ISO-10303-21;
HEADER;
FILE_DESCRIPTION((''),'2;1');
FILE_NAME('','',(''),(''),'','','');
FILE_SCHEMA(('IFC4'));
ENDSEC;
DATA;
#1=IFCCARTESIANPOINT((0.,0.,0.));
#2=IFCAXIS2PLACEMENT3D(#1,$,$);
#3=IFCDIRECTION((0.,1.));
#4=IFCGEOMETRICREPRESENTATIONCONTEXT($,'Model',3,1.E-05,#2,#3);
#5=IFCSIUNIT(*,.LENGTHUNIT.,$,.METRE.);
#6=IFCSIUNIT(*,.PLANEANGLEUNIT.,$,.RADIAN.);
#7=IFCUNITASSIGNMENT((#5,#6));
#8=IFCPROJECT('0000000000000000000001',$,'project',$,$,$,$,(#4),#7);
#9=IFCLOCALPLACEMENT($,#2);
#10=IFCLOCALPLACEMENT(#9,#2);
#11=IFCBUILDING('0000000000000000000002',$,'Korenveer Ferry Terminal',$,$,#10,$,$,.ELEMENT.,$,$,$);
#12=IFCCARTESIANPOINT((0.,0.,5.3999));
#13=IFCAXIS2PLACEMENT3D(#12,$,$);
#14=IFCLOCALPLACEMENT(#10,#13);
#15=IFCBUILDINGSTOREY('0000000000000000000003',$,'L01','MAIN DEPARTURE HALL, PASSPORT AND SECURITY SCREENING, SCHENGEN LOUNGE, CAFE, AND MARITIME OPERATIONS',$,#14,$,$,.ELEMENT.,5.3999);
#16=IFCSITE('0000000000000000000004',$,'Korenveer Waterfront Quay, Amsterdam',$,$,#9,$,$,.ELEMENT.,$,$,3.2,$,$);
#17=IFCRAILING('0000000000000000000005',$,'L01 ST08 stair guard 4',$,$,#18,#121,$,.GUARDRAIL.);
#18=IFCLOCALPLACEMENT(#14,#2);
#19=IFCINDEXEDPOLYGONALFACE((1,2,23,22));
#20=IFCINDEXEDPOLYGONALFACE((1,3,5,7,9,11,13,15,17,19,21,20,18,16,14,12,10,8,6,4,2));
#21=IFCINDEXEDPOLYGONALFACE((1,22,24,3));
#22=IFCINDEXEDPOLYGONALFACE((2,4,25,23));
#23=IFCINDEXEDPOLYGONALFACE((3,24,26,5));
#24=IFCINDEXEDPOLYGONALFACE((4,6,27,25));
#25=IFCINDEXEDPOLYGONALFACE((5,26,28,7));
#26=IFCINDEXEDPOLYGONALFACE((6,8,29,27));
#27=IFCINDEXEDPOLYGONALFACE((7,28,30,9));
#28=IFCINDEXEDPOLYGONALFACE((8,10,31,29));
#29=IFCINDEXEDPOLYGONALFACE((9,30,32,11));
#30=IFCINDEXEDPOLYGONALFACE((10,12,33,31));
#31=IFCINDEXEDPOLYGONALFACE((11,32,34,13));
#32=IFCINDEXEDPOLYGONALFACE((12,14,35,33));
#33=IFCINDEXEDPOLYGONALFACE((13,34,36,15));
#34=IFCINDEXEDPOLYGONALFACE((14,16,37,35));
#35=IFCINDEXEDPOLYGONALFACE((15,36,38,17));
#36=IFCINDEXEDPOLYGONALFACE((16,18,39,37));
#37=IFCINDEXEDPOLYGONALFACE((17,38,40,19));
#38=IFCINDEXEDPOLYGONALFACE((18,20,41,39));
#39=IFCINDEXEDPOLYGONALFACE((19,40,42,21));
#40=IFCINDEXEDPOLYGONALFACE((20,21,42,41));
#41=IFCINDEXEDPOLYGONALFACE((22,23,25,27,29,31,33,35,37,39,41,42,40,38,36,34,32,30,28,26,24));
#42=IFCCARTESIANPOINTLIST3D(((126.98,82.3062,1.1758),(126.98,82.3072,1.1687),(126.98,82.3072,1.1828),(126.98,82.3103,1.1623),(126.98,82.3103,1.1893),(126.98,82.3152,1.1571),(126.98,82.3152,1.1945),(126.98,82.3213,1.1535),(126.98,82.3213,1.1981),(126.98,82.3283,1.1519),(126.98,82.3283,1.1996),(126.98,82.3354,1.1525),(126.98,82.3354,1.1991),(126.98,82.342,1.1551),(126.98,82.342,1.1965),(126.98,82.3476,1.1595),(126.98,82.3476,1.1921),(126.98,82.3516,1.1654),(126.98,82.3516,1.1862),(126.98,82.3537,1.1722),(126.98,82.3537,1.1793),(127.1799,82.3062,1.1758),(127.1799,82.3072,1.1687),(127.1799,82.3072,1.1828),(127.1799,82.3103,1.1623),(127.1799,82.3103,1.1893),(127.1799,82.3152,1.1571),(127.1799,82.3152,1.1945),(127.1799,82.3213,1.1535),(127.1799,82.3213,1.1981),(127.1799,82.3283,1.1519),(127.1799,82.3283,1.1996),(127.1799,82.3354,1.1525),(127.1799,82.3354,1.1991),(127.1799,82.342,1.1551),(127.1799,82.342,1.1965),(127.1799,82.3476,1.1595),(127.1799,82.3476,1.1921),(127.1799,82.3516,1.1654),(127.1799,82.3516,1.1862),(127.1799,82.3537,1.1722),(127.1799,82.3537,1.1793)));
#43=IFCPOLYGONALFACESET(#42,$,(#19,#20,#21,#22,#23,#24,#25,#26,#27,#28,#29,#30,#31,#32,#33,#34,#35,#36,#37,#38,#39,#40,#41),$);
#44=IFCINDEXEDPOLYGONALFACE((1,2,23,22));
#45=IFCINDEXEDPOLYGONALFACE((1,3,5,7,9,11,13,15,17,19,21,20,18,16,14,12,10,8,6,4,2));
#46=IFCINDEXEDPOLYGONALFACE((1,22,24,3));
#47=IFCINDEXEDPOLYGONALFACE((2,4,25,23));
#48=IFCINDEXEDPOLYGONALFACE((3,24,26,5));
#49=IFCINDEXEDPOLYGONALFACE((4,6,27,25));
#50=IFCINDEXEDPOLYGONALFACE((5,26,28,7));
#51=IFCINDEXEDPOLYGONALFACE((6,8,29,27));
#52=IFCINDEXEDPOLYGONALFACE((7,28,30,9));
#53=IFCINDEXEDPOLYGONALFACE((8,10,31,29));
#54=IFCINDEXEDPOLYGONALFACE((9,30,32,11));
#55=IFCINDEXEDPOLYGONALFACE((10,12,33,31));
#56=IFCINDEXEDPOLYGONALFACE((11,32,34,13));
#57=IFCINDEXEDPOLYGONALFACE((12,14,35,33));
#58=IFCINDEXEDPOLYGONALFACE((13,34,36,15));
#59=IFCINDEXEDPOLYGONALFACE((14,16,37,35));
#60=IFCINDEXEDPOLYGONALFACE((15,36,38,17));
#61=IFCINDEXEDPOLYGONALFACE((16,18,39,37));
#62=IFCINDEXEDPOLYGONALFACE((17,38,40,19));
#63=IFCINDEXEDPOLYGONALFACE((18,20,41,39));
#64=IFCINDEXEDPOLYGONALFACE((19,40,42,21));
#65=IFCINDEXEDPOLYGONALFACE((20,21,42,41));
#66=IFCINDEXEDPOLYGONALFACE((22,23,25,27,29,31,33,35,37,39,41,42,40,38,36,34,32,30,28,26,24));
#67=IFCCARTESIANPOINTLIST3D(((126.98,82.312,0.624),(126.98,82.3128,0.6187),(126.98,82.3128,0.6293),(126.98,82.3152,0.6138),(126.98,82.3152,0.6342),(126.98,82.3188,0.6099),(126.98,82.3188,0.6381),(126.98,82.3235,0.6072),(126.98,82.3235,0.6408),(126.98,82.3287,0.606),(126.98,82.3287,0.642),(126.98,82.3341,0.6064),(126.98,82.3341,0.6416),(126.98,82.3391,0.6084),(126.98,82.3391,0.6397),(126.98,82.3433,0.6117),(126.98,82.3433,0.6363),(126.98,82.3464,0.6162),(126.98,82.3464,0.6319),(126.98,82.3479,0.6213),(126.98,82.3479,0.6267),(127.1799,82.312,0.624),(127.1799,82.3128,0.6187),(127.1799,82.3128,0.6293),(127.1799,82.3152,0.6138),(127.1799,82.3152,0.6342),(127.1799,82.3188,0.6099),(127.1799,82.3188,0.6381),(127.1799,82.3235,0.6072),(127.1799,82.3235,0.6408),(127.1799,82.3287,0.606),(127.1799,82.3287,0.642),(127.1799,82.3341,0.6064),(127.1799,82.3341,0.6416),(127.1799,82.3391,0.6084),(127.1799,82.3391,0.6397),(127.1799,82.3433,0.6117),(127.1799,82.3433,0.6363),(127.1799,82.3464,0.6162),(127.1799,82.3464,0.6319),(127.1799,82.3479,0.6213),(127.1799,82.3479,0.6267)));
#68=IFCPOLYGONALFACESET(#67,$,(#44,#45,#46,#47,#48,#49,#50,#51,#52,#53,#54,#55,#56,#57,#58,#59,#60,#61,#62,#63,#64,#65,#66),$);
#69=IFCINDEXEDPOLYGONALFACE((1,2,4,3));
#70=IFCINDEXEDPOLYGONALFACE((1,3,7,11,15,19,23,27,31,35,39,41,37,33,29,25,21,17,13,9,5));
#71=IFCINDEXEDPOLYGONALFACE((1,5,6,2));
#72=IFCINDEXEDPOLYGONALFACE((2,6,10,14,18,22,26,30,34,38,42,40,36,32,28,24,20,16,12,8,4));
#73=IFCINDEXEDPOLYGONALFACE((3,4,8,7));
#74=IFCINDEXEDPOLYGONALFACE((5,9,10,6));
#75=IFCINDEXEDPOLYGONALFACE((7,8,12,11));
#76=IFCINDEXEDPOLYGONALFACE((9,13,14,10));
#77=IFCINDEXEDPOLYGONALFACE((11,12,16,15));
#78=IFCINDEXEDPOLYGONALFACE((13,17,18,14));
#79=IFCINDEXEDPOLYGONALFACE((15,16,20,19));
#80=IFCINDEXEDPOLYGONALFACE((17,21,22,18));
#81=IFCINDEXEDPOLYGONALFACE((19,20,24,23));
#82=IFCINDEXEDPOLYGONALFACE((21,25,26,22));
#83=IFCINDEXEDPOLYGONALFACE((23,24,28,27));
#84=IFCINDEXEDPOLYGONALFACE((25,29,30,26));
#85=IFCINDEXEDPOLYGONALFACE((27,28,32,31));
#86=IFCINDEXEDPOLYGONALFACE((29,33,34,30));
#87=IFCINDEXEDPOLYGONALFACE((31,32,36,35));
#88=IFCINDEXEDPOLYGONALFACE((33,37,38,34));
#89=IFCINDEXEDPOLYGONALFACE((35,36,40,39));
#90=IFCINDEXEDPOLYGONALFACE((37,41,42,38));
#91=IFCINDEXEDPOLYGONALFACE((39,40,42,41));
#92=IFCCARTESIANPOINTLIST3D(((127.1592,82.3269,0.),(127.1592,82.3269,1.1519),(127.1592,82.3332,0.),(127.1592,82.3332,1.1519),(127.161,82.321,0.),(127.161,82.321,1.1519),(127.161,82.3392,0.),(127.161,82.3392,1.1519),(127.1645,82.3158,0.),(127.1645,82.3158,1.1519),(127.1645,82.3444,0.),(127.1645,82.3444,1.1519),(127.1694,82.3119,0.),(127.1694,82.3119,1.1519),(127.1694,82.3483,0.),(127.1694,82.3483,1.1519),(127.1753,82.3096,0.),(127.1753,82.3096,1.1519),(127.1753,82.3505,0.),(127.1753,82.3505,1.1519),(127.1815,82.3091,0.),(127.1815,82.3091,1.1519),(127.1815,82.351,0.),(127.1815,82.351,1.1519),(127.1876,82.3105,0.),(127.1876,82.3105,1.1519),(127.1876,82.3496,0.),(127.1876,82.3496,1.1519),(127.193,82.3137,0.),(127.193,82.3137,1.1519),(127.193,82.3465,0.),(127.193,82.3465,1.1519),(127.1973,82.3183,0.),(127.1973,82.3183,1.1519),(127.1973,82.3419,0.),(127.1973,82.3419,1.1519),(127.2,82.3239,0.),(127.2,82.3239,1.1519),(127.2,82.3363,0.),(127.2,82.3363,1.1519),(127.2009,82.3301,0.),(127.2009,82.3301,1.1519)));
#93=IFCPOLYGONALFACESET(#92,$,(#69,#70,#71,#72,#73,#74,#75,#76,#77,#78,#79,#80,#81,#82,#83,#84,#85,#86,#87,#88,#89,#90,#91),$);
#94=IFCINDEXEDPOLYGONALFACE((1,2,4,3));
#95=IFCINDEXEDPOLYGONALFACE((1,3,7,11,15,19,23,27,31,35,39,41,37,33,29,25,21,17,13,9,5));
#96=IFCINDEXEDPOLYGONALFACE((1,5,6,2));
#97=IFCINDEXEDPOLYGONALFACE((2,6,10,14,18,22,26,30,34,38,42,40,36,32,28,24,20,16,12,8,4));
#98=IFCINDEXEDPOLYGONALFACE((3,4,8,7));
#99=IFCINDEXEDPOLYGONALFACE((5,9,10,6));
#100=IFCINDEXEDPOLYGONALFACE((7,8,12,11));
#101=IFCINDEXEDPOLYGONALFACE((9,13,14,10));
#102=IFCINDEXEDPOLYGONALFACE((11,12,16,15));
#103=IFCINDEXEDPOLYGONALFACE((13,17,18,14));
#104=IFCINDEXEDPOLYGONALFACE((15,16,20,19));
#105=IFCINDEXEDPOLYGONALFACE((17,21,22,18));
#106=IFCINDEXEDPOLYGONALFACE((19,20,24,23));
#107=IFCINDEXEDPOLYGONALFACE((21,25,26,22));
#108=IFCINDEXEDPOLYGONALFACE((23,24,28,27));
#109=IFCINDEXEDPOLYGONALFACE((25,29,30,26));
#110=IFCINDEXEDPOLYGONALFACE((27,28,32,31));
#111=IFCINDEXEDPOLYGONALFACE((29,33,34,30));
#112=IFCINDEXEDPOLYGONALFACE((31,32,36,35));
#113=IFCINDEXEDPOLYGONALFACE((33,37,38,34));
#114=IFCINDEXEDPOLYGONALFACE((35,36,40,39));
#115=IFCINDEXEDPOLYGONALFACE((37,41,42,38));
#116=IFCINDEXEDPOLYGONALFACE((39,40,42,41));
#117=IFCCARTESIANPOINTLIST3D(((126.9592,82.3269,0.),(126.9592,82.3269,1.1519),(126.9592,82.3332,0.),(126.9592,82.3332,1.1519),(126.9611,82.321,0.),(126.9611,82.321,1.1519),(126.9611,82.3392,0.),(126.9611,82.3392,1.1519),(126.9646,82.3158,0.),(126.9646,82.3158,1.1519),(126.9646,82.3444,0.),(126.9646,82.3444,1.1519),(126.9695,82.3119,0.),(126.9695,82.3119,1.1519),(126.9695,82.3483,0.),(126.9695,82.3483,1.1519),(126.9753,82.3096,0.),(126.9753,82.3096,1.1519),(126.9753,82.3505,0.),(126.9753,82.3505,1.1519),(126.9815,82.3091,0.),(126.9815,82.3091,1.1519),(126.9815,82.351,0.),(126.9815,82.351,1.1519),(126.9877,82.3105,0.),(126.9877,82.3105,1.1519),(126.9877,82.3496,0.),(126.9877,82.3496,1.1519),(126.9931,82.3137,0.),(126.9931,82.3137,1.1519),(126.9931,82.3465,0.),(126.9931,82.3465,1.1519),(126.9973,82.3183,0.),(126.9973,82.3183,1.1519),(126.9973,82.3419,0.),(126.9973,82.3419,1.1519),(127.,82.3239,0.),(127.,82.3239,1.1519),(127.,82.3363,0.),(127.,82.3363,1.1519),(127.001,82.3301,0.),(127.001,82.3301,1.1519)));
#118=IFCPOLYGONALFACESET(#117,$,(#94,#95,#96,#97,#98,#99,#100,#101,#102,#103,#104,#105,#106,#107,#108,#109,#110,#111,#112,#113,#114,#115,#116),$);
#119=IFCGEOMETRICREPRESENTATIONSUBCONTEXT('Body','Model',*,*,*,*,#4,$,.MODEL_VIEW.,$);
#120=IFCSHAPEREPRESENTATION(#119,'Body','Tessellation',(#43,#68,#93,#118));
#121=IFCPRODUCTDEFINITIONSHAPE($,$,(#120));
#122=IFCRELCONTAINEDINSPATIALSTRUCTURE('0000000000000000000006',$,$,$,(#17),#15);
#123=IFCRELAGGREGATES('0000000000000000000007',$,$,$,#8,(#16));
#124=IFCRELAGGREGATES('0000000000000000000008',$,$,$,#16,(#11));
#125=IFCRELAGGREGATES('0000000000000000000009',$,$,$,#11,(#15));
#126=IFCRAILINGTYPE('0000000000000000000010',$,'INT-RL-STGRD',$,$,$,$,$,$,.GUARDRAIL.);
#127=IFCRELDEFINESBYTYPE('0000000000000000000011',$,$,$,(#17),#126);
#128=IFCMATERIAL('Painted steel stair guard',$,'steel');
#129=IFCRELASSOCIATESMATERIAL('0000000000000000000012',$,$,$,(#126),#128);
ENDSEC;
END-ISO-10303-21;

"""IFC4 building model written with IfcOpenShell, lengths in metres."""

from ifc_helpers import new_model, si_unit, direction, frame, origin, origin_2d, place, context, subcontext, project, spatial, circle, extrude, material, type_object, element, save


model = new_model("IFC4")

# Units and contexts
model_context = context("Model", 3, precision=1e-05, world=origin(), true_north=direction((0.0, 1.0)))
body_context = subcontext(model_context, "Body", "Model", "MODEL_VIEW")
ifc_project = project(units=[si_unit("LENGTHUNIT", "METRE"), si_unit("PLANEANGLEUNIT", "RADIAN")], contexts=[model_context])

# Site, building, storey
site_placement = place(None, origin())
site = spatial("IfcSite", under=ifc_project, at=site_placement, Name="Korenveer Waterfront Quay, Amsterdam", CompositionType="ELEMENT", RefElevation=3.2)
building_placement = place(site_placement, origin())
building = spatial("IfcBuilding", under=site, at=building_placement, Name="Korenveer Ferry Terminal", CompositionType="ELEMENT")
storey_placement = place(building_placement, frame((0.0, 0.0, 5.3999)))
storey = spatial("IfcBuildingStorey", under=building, at=storey_placement, Name="L01", Description="MAIN DEPARTURE HALL, PASSPORT AND SECURITY SCREENING, SCHENGEN LOUNGE, CAFE, AND MARITIME OPERATIONS", CompositionType="ELEMENT", Elevation=5.3999)

# Railing
ifc_material_1 = material(Name="Painted steel stair guard", Category="steel")
railing_type_1 = type_object("IfcRailingType", Name="INT-RL-STGRD", PredefinedType="GUARDRAIL", material=ifc_material_1)
railing_1_placement = place(storey_placement, frame((127.1799, 82.3301, 0.0)))
element("IfcRailing", 1, at=railing_1_placement, inside=storey, type_object=railing_type_1, Name="L01 ST08 stair guard 4", PredefinedType="GUARDRAIL", context=body_context, shape_type="SweptSolid", body=[
    extrude(circle(Radius=0.0239, at=origin_2d()), frame((0.0, 0.0, 1.1758), z_axis=(-1.0, 0.0, 0.0), x_axis=(0.0, -1.0, 0.0)), (0.0, 0.0, 1.0), 0.2),
    extrude(circle(Radius=0.0181, at=origin_2d()), frame((0.0, 0.0, 0.624), z_axis=(-1.0, 0.0, 0.0), x_axis=(0.0, -1.0, 0.0)), (0.0, 0.0, 1.0), 0.2),
    extrude(circle(Radius=0.021, at=origin_2d()), origin(), (0.0, 0.0, 1.0), 1.1519),
    extrude(circle(Radius=0.021, at=origin_2d()), frame((-0.2, 0.0, 0.0)), (0.0, 0.0, 1.0), 1.1519),
])

save(model, "model.ifc")
